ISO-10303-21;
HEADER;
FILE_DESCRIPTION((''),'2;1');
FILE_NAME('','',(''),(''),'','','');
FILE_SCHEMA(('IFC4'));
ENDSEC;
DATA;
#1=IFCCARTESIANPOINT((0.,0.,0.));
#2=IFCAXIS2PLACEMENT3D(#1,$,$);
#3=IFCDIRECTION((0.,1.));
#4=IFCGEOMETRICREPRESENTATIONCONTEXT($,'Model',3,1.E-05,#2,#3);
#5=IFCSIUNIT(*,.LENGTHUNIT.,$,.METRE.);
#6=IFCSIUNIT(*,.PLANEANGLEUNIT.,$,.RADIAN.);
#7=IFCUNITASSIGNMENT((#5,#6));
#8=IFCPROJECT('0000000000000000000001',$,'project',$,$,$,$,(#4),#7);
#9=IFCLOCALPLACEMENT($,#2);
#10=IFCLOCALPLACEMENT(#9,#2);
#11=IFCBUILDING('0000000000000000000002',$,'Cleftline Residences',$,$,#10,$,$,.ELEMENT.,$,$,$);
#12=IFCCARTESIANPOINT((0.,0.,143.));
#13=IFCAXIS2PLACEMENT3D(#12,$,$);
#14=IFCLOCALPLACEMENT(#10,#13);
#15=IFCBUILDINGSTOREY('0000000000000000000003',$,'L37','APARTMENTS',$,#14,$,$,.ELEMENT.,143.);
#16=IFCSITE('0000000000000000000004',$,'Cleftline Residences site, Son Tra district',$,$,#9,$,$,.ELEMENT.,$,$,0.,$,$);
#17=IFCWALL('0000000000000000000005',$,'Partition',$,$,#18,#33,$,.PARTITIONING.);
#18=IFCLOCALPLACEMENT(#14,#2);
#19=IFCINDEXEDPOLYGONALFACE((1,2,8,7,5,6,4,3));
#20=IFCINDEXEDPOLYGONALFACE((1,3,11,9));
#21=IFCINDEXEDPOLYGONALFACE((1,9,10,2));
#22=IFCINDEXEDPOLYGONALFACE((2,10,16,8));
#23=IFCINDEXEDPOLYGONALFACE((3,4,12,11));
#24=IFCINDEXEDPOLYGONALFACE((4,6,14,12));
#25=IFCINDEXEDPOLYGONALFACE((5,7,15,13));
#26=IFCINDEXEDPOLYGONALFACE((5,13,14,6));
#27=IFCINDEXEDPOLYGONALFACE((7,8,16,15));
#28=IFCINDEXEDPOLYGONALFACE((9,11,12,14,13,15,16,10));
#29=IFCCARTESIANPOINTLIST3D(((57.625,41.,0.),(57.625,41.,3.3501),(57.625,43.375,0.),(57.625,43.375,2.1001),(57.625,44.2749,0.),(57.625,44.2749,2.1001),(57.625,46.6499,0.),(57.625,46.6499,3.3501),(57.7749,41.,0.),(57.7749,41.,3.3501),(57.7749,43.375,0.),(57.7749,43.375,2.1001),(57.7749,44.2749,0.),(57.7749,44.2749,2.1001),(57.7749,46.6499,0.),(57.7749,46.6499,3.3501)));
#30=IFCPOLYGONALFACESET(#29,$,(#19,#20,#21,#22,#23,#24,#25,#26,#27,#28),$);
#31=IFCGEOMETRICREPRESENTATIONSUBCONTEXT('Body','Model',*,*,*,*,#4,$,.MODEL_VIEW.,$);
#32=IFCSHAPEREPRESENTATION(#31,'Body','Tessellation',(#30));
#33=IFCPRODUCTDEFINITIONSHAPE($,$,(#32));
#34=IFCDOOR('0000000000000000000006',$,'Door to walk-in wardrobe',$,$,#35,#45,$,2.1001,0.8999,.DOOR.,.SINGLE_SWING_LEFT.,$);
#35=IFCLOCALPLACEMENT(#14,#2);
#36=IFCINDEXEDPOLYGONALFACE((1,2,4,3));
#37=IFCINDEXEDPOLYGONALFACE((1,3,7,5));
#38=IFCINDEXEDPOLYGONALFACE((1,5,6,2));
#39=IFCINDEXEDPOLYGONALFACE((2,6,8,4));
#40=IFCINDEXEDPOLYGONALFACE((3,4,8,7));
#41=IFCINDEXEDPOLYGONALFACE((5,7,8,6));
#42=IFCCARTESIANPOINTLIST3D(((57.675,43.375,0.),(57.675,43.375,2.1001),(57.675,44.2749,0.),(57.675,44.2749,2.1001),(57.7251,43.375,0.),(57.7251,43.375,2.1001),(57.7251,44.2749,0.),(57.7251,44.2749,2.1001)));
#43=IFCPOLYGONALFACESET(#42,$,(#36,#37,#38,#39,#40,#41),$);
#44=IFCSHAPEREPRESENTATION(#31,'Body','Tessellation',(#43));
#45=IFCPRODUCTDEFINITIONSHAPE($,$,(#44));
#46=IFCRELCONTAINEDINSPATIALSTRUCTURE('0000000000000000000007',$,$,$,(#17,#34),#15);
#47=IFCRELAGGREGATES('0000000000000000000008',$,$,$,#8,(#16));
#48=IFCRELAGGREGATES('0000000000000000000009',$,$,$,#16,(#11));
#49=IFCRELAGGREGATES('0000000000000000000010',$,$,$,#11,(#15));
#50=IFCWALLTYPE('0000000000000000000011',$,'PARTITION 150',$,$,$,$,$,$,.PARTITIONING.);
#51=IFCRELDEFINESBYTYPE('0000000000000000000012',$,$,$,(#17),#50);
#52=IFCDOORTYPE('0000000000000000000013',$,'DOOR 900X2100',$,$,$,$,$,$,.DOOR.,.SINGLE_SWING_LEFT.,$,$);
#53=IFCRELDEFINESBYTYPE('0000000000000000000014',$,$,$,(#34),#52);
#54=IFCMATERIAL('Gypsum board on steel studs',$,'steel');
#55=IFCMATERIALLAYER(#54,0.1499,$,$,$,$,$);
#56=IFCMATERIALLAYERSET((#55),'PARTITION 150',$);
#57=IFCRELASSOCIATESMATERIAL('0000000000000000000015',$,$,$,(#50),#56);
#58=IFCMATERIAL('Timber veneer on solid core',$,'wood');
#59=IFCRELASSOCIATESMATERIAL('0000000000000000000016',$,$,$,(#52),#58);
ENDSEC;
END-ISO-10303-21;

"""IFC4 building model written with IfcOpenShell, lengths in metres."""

from ifc_helpers import new_model, si_unit, direction, frame, frame_2d, origin, place, context, subcontext, project, spatial, rectangle, extrude, material, layer, layer_set, type_object, element, fill, save


model = new_model("IFC4")

# Units and contexts
model_context = context("Model", 3, precision=1e-05, world=origin(), true_north=direction((0.0, 1.0)))
body_context = subcontext(model_context, "Body", "Model", "MODEL_VIEW")
ifc_project = project(units=[si_unit("LENGTHUNIT", "METRE"), si_unit("PLANEANGLEUNIT", "RADIAN")], contexts=[model_context])

# Site, building, storey
site_placement = place(None, origin())
site = spatial("IfcSite", under=ifc_project, at=site_placement, Name="Cleftline Residences site, Son Tra district", CompositionType="ELEMENT", RefElevation=0.0)
building_placement = place(site_placement, origin())
building = spatial("IfcBuilding", under=site, at=building_placement, Name="Cleftline Residences", CompositionType="ELEMENT")
storey_placement = place(building_placement, frame((0.0, 0.0, 143.0)))
storey = spatial("IfcBuildingStorey", under=building, at=storey_placement, Name="L37", Description="APARTMENTS", CompositionType="ELEMENT", Elevation=143.0)

# Shared definitions
ifc_material_1 = material(Name="Gypsum board on steel studs", Category="steel")
ifc_layer_1 = layer(ifc_material_1, 0.1499)
ifc_layer_set_1 = layer_set([ifc_layer_1], Name="PARTITION 150")
wall_type_1 = type_object("IfcWallType", Name="PARTITION 150", PredefinedType="PARTITIONING", material=ifc_layer_set_1)

# Wall, opening, door
wall_1_placement = place(storey_placement, frame((57.7, 41.0, 0.0), z_axis=(0.0, 0.0, 1.0), x_axis=(0.0, 1.0, 0.0)))
wall_1 = element("IfcWall", 1, at=wall_1_placement, inside=storey, type_object=wall_type_1, Name="Partition", PredefinedType="PARTITIONING", context=body_context, shape_type="SweptSolid", body=[
    extrude(rectangle(XDim=5.6499, YDim=0.1499, at=frame_2d((2.825, 0.0))), origin(), (0.0, 0.0, 1.0), 3.3501),
])
opening_1_placement = place(wall_1_placement, frame((2.375, 0.0, 0.0)))
opening_1 = element("IfcOpeningElement", 2, at=opening_1_placement, cuts=wall_1, PredefinedType="OPENING", context=body_context, shape_type="SweptSolid", body=[
    extrude(rectangle(XDim=0.8999, YDim=2.1001, at=frame_2d((0.45, 1.05))), frame((0.0, 0.085, 0.0), z_axis=(0.0, -1.0, 0.0), x_axis=(1.0, 0.0, 0.0)), (0.0, 0.0, 1.0), 0.1699),
])
ifc_material_2 = material(Name="Timber veneer on solid core", Category="wood")
door_type = type_object("IfcDoorType", Name="DOOR 900X2100", OperationType="SINGLE_SWING_LEFT", PredefinedType="DOOR", material=ifc_material_2)
door_placement = place(opening_1_placement, origin())
door = element("IfcDoor", 3, at=door_placement, inside=storey, type_object=door_type, Name="Door to walk-in wardrobe", OperationType="SINGLE_SWING_LEFT", OverallHeight=2.1001, OverallWidth=0.8999, PredefinedType="DOOR", context=body_context, shape_type="SweptSolid", body=[
    extrude(rectangle(XDim=0.8999, YDim=2.1001, at=frame_2d((0.45, 1.05))), frame((0.0, 0.0249, 0.0), z_axis=(0.0, -1.0, 0.0), x_axis=(1.0, 0.0, 0.0)), (0.0, 0.0, 1.0), 0.05),
])
fill(opening_1, door)

save(model, "model.ifc")
